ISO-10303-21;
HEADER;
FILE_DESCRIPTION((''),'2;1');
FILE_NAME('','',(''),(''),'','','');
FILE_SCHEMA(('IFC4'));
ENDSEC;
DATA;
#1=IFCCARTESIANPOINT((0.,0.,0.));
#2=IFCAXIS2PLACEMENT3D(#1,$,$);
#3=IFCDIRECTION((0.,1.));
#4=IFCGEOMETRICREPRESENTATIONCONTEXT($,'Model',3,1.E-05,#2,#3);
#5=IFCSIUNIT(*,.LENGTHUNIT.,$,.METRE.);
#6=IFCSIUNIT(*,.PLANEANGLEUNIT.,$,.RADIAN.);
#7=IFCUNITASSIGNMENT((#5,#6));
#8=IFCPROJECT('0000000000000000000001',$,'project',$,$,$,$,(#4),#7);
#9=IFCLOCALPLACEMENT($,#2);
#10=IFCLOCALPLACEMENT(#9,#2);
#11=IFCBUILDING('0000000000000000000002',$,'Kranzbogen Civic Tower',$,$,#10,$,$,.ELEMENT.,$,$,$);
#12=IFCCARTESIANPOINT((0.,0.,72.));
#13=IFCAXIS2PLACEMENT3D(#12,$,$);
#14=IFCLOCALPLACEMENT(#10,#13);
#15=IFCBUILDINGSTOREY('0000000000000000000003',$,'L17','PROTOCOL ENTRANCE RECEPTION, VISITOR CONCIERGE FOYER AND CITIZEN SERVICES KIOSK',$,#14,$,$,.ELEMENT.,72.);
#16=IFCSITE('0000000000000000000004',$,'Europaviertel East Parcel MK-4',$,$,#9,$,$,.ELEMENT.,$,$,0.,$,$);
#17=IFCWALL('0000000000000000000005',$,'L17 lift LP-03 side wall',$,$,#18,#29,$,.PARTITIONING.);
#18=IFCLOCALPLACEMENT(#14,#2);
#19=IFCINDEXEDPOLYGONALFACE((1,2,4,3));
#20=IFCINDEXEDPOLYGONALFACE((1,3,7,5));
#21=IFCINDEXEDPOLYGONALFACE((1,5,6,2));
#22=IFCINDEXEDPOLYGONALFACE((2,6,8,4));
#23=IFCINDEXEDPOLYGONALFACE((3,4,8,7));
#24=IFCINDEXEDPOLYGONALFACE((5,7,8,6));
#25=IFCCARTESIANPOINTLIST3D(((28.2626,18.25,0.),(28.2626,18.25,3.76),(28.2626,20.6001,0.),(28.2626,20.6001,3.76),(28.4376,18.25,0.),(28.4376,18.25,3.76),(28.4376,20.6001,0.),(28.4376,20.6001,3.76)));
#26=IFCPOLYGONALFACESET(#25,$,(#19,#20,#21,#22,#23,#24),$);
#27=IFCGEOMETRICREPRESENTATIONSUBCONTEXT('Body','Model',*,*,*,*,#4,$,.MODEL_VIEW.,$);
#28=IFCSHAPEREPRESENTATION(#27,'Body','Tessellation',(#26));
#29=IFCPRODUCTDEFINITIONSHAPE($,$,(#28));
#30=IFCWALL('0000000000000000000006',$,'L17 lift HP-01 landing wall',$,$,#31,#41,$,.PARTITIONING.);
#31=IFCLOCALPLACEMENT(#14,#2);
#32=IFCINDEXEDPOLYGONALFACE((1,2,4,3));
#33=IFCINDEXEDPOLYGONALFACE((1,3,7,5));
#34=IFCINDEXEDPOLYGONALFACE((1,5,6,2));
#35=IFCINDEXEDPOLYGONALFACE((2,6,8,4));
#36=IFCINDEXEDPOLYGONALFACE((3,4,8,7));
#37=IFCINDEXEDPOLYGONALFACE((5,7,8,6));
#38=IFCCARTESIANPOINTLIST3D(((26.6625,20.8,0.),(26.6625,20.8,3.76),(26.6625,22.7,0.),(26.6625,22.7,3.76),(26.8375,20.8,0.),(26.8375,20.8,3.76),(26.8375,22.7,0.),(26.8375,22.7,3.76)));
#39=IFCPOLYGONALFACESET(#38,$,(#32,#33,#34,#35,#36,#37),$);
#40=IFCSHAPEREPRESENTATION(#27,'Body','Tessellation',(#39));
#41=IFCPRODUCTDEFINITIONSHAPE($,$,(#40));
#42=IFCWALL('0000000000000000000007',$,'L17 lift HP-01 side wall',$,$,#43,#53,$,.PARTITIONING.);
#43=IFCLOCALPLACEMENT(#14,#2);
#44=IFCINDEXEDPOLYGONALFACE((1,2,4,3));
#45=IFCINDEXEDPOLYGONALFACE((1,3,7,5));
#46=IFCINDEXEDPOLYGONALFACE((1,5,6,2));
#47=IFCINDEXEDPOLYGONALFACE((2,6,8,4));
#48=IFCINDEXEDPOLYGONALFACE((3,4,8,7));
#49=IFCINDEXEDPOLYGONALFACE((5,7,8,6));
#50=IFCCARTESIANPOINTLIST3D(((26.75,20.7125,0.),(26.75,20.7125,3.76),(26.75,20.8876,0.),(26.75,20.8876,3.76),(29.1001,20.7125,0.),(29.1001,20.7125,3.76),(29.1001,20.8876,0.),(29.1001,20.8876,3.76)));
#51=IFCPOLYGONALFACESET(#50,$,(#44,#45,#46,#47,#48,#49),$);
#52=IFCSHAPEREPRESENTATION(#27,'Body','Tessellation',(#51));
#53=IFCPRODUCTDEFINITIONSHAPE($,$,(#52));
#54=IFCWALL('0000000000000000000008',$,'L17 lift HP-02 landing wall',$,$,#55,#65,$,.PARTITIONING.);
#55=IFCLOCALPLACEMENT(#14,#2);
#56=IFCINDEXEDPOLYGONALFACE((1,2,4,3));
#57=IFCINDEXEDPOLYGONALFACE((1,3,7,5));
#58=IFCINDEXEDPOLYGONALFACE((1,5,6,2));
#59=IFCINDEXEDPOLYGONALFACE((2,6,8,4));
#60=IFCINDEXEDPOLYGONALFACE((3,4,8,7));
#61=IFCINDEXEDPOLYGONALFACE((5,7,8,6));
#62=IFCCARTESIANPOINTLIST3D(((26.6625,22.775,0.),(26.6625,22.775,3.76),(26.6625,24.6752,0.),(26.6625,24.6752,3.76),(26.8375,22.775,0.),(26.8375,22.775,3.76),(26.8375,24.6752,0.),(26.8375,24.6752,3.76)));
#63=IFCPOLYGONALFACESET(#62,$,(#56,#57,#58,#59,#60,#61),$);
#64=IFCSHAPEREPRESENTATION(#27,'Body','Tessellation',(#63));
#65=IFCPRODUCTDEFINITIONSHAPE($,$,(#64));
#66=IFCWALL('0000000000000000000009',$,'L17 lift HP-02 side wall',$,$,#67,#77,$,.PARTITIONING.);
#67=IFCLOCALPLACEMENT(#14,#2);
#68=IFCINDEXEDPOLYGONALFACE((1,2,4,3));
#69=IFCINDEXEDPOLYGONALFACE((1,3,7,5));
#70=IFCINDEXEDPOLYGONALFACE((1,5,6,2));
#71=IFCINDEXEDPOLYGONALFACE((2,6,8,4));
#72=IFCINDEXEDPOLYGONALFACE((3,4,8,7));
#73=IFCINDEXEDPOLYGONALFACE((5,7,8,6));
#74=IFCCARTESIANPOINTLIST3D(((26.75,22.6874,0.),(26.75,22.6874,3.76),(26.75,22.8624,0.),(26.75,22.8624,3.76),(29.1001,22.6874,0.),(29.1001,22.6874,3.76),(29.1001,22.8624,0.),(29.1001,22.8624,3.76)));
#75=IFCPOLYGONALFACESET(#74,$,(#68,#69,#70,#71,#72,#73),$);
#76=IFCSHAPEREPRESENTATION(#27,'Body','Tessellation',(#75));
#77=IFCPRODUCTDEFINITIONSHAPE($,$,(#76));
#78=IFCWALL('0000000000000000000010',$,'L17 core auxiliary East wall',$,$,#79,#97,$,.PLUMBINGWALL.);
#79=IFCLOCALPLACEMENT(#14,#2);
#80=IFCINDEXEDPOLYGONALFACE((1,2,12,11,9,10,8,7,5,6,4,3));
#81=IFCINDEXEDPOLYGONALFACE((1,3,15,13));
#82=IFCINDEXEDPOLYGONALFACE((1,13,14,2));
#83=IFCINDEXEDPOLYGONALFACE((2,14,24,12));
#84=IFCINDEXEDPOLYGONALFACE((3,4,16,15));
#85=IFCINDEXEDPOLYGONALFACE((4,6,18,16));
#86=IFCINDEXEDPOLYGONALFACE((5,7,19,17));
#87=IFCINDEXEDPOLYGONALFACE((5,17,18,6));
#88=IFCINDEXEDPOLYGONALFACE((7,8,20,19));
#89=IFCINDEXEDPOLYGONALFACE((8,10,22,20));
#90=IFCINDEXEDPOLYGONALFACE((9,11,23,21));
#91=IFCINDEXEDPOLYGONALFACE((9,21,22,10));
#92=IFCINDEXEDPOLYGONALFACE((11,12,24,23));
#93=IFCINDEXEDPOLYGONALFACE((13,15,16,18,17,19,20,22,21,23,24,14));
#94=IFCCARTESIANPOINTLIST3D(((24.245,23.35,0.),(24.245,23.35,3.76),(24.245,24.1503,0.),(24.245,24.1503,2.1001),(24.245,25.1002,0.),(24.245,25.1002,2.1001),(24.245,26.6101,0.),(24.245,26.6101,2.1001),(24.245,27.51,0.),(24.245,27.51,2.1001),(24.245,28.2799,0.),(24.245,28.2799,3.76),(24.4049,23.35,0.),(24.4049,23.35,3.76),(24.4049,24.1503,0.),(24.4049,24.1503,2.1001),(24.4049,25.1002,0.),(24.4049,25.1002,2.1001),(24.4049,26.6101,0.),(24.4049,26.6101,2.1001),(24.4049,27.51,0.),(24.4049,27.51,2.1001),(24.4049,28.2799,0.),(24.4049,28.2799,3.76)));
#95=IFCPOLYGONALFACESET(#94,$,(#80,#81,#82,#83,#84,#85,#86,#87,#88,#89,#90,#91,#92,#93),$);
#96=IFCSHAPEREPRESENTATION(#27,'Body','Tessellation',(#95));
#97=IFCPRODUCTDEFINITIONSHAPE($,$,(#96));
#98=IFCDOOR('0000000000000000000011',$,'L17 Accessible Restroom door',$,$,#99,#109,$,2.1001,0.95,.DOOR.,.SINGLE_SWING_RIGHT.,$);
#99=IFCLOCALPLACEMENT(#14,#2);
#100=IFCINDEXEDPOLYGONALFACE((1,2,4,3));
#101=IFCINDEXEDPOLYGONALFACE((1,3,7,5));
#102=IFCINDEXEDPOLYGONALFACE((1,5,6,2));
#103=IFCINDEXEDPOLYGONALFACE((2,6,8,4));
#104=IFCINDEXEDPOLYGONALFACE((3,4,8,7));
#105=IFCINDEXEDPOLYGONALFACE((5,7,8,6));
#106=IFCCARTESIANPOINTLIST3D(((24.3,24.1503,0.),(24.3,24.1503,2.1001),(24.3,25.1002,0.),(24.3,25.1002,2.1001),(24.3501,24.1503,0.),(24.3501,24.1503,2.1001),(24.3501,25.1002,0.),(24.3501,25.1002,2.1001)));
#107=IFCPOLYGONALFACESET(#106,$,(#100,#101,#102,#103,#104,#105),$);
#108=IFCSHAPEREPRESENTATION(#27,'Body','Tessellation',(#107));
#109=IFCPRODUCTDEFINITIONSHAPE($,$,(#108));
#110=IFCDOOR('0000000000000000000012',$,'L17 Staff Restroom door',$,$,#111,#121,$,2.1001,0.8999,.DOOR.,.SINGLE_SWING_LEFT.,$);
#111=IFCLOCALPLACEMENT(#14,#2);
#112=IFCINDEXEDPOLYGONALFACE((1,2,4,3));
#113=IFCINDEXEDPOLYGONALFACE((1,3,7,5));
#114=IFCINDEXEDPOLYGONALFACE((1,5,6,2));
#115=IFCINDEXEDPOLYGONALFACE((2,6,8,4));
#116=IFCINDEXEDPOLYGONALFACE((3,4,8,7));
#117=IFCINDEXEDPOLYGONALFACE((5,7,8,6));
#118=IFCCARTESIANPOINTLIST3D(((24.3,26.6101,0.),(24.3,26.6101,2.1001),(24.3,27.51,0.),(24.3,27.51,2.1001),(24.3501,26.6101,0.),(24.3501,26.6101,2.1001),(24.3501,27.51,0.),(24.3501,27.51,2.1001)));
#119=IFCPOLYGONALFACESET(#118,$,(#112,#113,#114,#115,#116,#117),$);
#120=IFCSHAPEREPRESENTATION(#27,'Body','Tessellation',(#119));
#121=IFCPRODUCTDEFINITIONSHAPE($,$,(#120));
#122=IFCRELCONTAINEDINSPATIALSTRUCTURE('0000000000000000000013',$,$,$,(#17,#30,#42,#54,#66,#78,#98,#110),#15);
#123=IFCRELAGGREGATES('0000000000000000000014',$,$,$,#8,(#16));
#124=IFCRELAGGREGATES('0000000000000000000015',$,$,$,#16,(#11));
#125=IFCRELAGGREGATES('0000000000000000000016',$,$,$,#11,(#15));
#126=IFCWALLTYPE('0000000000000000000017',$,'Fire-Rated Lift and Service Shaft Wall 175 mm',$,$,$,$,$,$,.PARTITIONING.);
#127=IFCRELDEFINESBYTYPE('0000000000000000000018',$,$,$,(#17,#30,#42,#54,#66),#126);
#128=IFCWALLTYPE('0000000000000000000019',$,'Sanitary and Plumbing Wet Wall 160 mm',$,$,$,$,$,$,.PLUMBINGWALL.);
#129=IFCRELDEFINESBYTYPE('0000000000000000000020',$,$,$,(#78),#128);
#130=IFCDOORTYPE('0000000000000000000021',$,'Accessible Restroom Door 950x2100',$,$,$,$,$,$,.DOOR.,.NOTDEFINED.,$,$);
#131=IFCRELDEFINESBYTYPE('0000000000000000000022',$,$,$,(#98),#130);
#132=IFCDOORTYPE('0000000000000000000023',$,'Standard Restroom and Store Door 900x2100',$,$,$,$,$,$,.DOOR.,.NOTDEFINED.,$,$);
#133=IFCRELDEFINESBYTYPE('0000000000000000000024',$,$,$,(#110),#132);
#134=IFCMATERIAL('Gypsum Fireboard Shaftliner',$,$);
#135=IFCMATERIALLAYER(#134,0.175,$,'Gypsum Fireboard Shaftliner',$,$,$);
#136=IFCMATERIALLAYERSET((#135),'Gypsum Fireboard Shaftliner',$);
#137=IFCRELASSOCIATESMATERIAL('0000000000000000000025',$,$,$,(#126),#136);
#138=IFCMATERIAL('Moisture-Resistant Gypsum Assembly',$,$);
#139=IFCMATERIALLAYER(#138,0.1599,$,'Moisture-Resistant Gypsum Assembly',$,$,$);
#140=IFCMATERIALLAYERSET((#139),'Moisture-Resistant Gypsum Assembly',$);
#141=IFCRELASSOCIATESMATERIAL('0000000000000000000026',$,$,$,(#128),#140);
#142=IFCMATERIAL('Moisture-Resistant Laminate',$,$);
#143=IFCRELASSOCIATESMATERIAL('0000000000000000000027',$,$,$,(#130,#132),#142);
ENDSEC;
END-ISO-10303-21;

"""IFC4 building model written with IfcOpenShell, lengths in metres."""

from ifc_helpers import new_model, si_unit, direction, frame, frame_2d, origin, place, context, subcontext, project, spatial, rectangle, extrude, material, layer, layer_set, type_object, element, fill, save


model = new_model("IFC4")

# Units and contexts
model_context = context("Model", 3, precision=1e-05, world=origin(), true_north=direction((0.0, 1.0)))
body_context = subcontext(model_context, "Body", "Model", "MODEL_VIEW")
ifc_project = project(units=[si_unit("LENGTHUNIT", "METRE"), si_unit("PLANEANGLEUNIT", "RADIAN")], contexts=[model_context])

# Site, building, storey
site_placement = place(None, origin())
site = spatial("IfcSite", under=ifc_project, at=site_placement, Name="Europaviertel East Parcel MK-4", CompositionType="ELEMENT", RefElevation=0.0)
building_placement = place(site_placement, origin())
building = spatial("IfcBuilding", under=site, at=building_placement, Name="Kranzbogen Civic Tower", CompositionType="ELEMENT")
storey_placement = place(building_placement, frame((0.0, 0.0, 72.0)))
storey = spatial("IfcBuildingStorey", under=building, at=storey_placement, Name="L17", Description="PROTOCOL ENTRANCE RECEPTION, VISITOR CONCIERGE FOYER AND CITIZEN SERVICES KIOSK", CompositionType="ELEMENT", Elevation=72.0)

# Walls
ifc_material_1 = material(Name="Gypsum Fireboard Shaftliner")
ifc_layer_1 = layer(ifc_material_1, 0.175, Name="Gypsum Fireboard Shaftliner")
ifc_layer_set_1 = layer_set([ifc_layer_1], Name="Gypsum Fireboard Shaftliner")
wall_type_1 = type_object("IfcWallType", Name="Fire-Rated Lift and Service Shaft Wall 175 mm", PredefinedType="PARTITIONING", material=ifc_layer_set_1)
wall_1_placement = place(storey_placement, frame((28.3501, 18.25, 0.0), z_axis=(0.0, 0.0, 1.0), x_axis=(0.0, 1.0, 0.0)))
element("IfcWall", 1, at=wall_1_placement, inside=storey, type_object=wall_type_1, Name="L17 lift LP-03 side wall", PredefinedType="PARTITIONING", context=body_context, shape_type="SweptSolid", body=[
    extrude(rectangle(XDim=2.3501, YDim=0.175, at=frame_2d((1.175, 0.0))), origin(), (0.0, 0.0, 1.0), 3.76),
])
wall_2_placement = place(storey_placement, frame((26.75, 20.8, 0.0), z_axis=(0.0, 0.0, 1.0), x_axis=(0.0, 1.0, 0.0)))
element("IfcWall", 2, at=wall_2_placement, inside=storey, type_object=wall_type_1, Name="L17 lift HP-01 landing wall", PredefinedType="PARTITIONING", context=body_context, shape_type="SweptSolid", body=[
    extrude(rectangle(XDim=1.8999, YDim=0.175, at=frame_2d((0.95, 0.0))), origin(), (0.0, 0.0, 1.0), 3.76),
])
wall_3_placement = place(storey_placement, frame((26.75, 20.8, 0.0), z_axis=(0.0, 0.0, 1.0), x_axis=(1.0, 0.0, 0.0)))
element("IfcWall", 3, at=wall_3_placement, inside=storey, type_object=wall_type_1, Name="L17 lift HP-01 side wall", PredefinedType="PARTITIONING", context=body_context, shape_type="SweptSolid", body=[
    extrude(rectangle(XDim=2.3501, YDim=0.175, at=frame_2d((1.175, 0.0))), origin(), (0.0, 0.0, 1.0), 3.76),
])
wall_4_placement = place(storey_placement, frame((26.75, 22.7749, 0.0), z_axis=(0.0, 0.0, 1.0), x_axis=(0.0, 1.0, 0.0)))
element("IfcWall", 4, at=wall_4_placement, inside=storey, type_object=wall_type_1, Name="L17 lift HP-02 landing wall", PredefinedType="PARTITIONING", context=body_context, shape_type="SweptSolid", body=[
    extrude(rectangle(XDim=1.9001, YDim=0.175, at=frame_2d((0.9502, 0.0))), origin(), (0.0, 0.0, 1.0), 3.76),
])
wall_5_placement = place(storey_placement, frame((26.75, 22.7749, 0.0), z_axis=(0.0, 0.0, 1.0), x_axis=(1.0, 0.0, 0.0)))
element("IfcWall", 5, at=wall_5_placement, inside=storey, type_object=wall_type_1, Name="L17 lift HP-02 side wall", PredefinedType="PARTITIONING", context=body_context, shape_type="SweptSolid", body=[
    extrude(rectangle(XDim=2.3501, YDim=0.175, at=frame_2d((1.175, 0.0))), origin(), (0.0, 0.0, 1.0), 3.76),
])

# Wall, openings, doors
ifc_material_2 = material(Name="Moisture-Resistant Gypsum Assembly")
ifc_layer_2 = layer(ifc_material_2, 0.1599, Name="Moisture-Resistant Gypsum Assembly")
ifc_layer_set_2 = layer_set([ifc_layer_2], Name="Moisture-Resistant Gypsum Assembly")
wall_type_2 = type_object("IfcWallType", Name="Sanitary and Plumbing Wet Wall 160 mm", PredefinedType="PLUMBINGWALL", material=ifc_layer_set_2)
wall_6_placement = place(storey_placement, frame((24.325, 23.3501, 0.0), z_axis=(0.0, 0.0, 1.0), x_axis=(0.0, 1.0, 0.0)))
wall_6 = element("IfcWall", 6, at=wall_6_placement, inside=storey, type_object=wall_type_2, Name="L17 core auxiliary East wall", PredefinedType="PLUMBINGWALL", context=body_context, shape_type="SweptSolid", body=[
    extrude(rectangle(XDim=4.9299, YDim=0.1599, at=frame_2d((2.4648, 0.0))), origin(), (0.0, 0.0, 1.0), 3.76),
])
opening_1_placement = place(wall_6_placement, frame((0.8, 0.0, 0.0)))
opening_1 = element("IfcOpeningElement", 7, at=opening_1_placement, cuts=wall_6, PredefinedType="OPENING", context=body_context, shape_type="SweptSolid", body=[
    extrude(rectangle(XDim=0.95, YDim=2.1001, at=frame_2d((0.4751, 1.05))), frame((0.0, 0.0898, 0.0), z_axis=(0.0, -1.0, 0.0), x_axis=(1.0, 0.0, 0.0)), (0.0, 0.0, 1.0), 0.1799),
])
opening_2_placement = place(wall_6_placement, frame((3.26, 0.0, 0.0)))
opening_2 = element("IfcOpeningElement", 8, at=opening_2_placement, cuts=wall_6, PredefinedType="OPENING", context=body_context, shape_type="SweptSolid", body=[
    extrude(rectangle(XDim=0.8999, YDim=2.1001, at=frame_2d((0.45, 1.05))), frame((0.0, 0.0898, 0.0), z_axis=(0.0, -1.0, 0.0), x_axis=(1.0, 0.0, 0.0)), (0.0, 0.0, 1.0), 0.1799),
])
ifc_material_3 = material(Name="Moisture-Resistant Laminate")
door_type_1 = type_object("IfcDoorType", Name="Accessible Restroom Door 950x2100", OperationType="NOTDEFINED", PredefinedType="DOOR", material=ifc_material_3)
door_1_placement = place(opening_1_placement, origin())
door_1 = element("IfcDoor", 9, at=door_1_placement, inside=storey, type_object=door_type_1, Name="L17 Accessible Restroom door", OperationType="SINGLE_SWING_RIGHT", OverallHeight=2.1001, OverallWidth=0.95, PredefinedType="DOOR", context=body_context, shape_type="SweptSolid", body=[
    extrude(rectangle(XDim=0.95, YDim=2.1001, at=frame_2d((0.4751, 1.05))), frame((0.0, 0.0249, 0.0), z_axis=(0.0, -1.0, 0.0), x_axis=(1.0, 0.0, 0.0)), (0.0, 0.0, 1.0), 0.05),
])
fill(opening_1, door_1)
door_type_2 = type_object("IfcDoorType", Name="Standard Restroom and Store Door 900x2100", OperationType="NOTDEFINED", PredefinedType="DOOR", material=ifc_material_3)
door_2_placement = place(opening_2_placement, origin())
door_2 = element("IfcDoor", 10, at=door_2_placement, inside=storey, type_object=door_type_2, Name="L17 Staff Restroom door", OperationType="SINGLE_SWING_LEFT", OverallHeight=2.1001, OverallWidth=0.8999, PredefinedType="DOOR", context=body_context, shape_type="SweptSolid", body=[
    extrude(rectangle(XDim=0.8999, YDim=2.1001, at=frame_2d((0.45, 1.05))), frame((0.0, 0.0249, 0.0), z_axis=(0.0, -1.0, 0.0), x_axis=(1.0, 0.0, 0.0)), (0.0, 0.0, 1.0), 0.05),
])
fill(opening_2, door_2)

save(model, "model.ifc")
